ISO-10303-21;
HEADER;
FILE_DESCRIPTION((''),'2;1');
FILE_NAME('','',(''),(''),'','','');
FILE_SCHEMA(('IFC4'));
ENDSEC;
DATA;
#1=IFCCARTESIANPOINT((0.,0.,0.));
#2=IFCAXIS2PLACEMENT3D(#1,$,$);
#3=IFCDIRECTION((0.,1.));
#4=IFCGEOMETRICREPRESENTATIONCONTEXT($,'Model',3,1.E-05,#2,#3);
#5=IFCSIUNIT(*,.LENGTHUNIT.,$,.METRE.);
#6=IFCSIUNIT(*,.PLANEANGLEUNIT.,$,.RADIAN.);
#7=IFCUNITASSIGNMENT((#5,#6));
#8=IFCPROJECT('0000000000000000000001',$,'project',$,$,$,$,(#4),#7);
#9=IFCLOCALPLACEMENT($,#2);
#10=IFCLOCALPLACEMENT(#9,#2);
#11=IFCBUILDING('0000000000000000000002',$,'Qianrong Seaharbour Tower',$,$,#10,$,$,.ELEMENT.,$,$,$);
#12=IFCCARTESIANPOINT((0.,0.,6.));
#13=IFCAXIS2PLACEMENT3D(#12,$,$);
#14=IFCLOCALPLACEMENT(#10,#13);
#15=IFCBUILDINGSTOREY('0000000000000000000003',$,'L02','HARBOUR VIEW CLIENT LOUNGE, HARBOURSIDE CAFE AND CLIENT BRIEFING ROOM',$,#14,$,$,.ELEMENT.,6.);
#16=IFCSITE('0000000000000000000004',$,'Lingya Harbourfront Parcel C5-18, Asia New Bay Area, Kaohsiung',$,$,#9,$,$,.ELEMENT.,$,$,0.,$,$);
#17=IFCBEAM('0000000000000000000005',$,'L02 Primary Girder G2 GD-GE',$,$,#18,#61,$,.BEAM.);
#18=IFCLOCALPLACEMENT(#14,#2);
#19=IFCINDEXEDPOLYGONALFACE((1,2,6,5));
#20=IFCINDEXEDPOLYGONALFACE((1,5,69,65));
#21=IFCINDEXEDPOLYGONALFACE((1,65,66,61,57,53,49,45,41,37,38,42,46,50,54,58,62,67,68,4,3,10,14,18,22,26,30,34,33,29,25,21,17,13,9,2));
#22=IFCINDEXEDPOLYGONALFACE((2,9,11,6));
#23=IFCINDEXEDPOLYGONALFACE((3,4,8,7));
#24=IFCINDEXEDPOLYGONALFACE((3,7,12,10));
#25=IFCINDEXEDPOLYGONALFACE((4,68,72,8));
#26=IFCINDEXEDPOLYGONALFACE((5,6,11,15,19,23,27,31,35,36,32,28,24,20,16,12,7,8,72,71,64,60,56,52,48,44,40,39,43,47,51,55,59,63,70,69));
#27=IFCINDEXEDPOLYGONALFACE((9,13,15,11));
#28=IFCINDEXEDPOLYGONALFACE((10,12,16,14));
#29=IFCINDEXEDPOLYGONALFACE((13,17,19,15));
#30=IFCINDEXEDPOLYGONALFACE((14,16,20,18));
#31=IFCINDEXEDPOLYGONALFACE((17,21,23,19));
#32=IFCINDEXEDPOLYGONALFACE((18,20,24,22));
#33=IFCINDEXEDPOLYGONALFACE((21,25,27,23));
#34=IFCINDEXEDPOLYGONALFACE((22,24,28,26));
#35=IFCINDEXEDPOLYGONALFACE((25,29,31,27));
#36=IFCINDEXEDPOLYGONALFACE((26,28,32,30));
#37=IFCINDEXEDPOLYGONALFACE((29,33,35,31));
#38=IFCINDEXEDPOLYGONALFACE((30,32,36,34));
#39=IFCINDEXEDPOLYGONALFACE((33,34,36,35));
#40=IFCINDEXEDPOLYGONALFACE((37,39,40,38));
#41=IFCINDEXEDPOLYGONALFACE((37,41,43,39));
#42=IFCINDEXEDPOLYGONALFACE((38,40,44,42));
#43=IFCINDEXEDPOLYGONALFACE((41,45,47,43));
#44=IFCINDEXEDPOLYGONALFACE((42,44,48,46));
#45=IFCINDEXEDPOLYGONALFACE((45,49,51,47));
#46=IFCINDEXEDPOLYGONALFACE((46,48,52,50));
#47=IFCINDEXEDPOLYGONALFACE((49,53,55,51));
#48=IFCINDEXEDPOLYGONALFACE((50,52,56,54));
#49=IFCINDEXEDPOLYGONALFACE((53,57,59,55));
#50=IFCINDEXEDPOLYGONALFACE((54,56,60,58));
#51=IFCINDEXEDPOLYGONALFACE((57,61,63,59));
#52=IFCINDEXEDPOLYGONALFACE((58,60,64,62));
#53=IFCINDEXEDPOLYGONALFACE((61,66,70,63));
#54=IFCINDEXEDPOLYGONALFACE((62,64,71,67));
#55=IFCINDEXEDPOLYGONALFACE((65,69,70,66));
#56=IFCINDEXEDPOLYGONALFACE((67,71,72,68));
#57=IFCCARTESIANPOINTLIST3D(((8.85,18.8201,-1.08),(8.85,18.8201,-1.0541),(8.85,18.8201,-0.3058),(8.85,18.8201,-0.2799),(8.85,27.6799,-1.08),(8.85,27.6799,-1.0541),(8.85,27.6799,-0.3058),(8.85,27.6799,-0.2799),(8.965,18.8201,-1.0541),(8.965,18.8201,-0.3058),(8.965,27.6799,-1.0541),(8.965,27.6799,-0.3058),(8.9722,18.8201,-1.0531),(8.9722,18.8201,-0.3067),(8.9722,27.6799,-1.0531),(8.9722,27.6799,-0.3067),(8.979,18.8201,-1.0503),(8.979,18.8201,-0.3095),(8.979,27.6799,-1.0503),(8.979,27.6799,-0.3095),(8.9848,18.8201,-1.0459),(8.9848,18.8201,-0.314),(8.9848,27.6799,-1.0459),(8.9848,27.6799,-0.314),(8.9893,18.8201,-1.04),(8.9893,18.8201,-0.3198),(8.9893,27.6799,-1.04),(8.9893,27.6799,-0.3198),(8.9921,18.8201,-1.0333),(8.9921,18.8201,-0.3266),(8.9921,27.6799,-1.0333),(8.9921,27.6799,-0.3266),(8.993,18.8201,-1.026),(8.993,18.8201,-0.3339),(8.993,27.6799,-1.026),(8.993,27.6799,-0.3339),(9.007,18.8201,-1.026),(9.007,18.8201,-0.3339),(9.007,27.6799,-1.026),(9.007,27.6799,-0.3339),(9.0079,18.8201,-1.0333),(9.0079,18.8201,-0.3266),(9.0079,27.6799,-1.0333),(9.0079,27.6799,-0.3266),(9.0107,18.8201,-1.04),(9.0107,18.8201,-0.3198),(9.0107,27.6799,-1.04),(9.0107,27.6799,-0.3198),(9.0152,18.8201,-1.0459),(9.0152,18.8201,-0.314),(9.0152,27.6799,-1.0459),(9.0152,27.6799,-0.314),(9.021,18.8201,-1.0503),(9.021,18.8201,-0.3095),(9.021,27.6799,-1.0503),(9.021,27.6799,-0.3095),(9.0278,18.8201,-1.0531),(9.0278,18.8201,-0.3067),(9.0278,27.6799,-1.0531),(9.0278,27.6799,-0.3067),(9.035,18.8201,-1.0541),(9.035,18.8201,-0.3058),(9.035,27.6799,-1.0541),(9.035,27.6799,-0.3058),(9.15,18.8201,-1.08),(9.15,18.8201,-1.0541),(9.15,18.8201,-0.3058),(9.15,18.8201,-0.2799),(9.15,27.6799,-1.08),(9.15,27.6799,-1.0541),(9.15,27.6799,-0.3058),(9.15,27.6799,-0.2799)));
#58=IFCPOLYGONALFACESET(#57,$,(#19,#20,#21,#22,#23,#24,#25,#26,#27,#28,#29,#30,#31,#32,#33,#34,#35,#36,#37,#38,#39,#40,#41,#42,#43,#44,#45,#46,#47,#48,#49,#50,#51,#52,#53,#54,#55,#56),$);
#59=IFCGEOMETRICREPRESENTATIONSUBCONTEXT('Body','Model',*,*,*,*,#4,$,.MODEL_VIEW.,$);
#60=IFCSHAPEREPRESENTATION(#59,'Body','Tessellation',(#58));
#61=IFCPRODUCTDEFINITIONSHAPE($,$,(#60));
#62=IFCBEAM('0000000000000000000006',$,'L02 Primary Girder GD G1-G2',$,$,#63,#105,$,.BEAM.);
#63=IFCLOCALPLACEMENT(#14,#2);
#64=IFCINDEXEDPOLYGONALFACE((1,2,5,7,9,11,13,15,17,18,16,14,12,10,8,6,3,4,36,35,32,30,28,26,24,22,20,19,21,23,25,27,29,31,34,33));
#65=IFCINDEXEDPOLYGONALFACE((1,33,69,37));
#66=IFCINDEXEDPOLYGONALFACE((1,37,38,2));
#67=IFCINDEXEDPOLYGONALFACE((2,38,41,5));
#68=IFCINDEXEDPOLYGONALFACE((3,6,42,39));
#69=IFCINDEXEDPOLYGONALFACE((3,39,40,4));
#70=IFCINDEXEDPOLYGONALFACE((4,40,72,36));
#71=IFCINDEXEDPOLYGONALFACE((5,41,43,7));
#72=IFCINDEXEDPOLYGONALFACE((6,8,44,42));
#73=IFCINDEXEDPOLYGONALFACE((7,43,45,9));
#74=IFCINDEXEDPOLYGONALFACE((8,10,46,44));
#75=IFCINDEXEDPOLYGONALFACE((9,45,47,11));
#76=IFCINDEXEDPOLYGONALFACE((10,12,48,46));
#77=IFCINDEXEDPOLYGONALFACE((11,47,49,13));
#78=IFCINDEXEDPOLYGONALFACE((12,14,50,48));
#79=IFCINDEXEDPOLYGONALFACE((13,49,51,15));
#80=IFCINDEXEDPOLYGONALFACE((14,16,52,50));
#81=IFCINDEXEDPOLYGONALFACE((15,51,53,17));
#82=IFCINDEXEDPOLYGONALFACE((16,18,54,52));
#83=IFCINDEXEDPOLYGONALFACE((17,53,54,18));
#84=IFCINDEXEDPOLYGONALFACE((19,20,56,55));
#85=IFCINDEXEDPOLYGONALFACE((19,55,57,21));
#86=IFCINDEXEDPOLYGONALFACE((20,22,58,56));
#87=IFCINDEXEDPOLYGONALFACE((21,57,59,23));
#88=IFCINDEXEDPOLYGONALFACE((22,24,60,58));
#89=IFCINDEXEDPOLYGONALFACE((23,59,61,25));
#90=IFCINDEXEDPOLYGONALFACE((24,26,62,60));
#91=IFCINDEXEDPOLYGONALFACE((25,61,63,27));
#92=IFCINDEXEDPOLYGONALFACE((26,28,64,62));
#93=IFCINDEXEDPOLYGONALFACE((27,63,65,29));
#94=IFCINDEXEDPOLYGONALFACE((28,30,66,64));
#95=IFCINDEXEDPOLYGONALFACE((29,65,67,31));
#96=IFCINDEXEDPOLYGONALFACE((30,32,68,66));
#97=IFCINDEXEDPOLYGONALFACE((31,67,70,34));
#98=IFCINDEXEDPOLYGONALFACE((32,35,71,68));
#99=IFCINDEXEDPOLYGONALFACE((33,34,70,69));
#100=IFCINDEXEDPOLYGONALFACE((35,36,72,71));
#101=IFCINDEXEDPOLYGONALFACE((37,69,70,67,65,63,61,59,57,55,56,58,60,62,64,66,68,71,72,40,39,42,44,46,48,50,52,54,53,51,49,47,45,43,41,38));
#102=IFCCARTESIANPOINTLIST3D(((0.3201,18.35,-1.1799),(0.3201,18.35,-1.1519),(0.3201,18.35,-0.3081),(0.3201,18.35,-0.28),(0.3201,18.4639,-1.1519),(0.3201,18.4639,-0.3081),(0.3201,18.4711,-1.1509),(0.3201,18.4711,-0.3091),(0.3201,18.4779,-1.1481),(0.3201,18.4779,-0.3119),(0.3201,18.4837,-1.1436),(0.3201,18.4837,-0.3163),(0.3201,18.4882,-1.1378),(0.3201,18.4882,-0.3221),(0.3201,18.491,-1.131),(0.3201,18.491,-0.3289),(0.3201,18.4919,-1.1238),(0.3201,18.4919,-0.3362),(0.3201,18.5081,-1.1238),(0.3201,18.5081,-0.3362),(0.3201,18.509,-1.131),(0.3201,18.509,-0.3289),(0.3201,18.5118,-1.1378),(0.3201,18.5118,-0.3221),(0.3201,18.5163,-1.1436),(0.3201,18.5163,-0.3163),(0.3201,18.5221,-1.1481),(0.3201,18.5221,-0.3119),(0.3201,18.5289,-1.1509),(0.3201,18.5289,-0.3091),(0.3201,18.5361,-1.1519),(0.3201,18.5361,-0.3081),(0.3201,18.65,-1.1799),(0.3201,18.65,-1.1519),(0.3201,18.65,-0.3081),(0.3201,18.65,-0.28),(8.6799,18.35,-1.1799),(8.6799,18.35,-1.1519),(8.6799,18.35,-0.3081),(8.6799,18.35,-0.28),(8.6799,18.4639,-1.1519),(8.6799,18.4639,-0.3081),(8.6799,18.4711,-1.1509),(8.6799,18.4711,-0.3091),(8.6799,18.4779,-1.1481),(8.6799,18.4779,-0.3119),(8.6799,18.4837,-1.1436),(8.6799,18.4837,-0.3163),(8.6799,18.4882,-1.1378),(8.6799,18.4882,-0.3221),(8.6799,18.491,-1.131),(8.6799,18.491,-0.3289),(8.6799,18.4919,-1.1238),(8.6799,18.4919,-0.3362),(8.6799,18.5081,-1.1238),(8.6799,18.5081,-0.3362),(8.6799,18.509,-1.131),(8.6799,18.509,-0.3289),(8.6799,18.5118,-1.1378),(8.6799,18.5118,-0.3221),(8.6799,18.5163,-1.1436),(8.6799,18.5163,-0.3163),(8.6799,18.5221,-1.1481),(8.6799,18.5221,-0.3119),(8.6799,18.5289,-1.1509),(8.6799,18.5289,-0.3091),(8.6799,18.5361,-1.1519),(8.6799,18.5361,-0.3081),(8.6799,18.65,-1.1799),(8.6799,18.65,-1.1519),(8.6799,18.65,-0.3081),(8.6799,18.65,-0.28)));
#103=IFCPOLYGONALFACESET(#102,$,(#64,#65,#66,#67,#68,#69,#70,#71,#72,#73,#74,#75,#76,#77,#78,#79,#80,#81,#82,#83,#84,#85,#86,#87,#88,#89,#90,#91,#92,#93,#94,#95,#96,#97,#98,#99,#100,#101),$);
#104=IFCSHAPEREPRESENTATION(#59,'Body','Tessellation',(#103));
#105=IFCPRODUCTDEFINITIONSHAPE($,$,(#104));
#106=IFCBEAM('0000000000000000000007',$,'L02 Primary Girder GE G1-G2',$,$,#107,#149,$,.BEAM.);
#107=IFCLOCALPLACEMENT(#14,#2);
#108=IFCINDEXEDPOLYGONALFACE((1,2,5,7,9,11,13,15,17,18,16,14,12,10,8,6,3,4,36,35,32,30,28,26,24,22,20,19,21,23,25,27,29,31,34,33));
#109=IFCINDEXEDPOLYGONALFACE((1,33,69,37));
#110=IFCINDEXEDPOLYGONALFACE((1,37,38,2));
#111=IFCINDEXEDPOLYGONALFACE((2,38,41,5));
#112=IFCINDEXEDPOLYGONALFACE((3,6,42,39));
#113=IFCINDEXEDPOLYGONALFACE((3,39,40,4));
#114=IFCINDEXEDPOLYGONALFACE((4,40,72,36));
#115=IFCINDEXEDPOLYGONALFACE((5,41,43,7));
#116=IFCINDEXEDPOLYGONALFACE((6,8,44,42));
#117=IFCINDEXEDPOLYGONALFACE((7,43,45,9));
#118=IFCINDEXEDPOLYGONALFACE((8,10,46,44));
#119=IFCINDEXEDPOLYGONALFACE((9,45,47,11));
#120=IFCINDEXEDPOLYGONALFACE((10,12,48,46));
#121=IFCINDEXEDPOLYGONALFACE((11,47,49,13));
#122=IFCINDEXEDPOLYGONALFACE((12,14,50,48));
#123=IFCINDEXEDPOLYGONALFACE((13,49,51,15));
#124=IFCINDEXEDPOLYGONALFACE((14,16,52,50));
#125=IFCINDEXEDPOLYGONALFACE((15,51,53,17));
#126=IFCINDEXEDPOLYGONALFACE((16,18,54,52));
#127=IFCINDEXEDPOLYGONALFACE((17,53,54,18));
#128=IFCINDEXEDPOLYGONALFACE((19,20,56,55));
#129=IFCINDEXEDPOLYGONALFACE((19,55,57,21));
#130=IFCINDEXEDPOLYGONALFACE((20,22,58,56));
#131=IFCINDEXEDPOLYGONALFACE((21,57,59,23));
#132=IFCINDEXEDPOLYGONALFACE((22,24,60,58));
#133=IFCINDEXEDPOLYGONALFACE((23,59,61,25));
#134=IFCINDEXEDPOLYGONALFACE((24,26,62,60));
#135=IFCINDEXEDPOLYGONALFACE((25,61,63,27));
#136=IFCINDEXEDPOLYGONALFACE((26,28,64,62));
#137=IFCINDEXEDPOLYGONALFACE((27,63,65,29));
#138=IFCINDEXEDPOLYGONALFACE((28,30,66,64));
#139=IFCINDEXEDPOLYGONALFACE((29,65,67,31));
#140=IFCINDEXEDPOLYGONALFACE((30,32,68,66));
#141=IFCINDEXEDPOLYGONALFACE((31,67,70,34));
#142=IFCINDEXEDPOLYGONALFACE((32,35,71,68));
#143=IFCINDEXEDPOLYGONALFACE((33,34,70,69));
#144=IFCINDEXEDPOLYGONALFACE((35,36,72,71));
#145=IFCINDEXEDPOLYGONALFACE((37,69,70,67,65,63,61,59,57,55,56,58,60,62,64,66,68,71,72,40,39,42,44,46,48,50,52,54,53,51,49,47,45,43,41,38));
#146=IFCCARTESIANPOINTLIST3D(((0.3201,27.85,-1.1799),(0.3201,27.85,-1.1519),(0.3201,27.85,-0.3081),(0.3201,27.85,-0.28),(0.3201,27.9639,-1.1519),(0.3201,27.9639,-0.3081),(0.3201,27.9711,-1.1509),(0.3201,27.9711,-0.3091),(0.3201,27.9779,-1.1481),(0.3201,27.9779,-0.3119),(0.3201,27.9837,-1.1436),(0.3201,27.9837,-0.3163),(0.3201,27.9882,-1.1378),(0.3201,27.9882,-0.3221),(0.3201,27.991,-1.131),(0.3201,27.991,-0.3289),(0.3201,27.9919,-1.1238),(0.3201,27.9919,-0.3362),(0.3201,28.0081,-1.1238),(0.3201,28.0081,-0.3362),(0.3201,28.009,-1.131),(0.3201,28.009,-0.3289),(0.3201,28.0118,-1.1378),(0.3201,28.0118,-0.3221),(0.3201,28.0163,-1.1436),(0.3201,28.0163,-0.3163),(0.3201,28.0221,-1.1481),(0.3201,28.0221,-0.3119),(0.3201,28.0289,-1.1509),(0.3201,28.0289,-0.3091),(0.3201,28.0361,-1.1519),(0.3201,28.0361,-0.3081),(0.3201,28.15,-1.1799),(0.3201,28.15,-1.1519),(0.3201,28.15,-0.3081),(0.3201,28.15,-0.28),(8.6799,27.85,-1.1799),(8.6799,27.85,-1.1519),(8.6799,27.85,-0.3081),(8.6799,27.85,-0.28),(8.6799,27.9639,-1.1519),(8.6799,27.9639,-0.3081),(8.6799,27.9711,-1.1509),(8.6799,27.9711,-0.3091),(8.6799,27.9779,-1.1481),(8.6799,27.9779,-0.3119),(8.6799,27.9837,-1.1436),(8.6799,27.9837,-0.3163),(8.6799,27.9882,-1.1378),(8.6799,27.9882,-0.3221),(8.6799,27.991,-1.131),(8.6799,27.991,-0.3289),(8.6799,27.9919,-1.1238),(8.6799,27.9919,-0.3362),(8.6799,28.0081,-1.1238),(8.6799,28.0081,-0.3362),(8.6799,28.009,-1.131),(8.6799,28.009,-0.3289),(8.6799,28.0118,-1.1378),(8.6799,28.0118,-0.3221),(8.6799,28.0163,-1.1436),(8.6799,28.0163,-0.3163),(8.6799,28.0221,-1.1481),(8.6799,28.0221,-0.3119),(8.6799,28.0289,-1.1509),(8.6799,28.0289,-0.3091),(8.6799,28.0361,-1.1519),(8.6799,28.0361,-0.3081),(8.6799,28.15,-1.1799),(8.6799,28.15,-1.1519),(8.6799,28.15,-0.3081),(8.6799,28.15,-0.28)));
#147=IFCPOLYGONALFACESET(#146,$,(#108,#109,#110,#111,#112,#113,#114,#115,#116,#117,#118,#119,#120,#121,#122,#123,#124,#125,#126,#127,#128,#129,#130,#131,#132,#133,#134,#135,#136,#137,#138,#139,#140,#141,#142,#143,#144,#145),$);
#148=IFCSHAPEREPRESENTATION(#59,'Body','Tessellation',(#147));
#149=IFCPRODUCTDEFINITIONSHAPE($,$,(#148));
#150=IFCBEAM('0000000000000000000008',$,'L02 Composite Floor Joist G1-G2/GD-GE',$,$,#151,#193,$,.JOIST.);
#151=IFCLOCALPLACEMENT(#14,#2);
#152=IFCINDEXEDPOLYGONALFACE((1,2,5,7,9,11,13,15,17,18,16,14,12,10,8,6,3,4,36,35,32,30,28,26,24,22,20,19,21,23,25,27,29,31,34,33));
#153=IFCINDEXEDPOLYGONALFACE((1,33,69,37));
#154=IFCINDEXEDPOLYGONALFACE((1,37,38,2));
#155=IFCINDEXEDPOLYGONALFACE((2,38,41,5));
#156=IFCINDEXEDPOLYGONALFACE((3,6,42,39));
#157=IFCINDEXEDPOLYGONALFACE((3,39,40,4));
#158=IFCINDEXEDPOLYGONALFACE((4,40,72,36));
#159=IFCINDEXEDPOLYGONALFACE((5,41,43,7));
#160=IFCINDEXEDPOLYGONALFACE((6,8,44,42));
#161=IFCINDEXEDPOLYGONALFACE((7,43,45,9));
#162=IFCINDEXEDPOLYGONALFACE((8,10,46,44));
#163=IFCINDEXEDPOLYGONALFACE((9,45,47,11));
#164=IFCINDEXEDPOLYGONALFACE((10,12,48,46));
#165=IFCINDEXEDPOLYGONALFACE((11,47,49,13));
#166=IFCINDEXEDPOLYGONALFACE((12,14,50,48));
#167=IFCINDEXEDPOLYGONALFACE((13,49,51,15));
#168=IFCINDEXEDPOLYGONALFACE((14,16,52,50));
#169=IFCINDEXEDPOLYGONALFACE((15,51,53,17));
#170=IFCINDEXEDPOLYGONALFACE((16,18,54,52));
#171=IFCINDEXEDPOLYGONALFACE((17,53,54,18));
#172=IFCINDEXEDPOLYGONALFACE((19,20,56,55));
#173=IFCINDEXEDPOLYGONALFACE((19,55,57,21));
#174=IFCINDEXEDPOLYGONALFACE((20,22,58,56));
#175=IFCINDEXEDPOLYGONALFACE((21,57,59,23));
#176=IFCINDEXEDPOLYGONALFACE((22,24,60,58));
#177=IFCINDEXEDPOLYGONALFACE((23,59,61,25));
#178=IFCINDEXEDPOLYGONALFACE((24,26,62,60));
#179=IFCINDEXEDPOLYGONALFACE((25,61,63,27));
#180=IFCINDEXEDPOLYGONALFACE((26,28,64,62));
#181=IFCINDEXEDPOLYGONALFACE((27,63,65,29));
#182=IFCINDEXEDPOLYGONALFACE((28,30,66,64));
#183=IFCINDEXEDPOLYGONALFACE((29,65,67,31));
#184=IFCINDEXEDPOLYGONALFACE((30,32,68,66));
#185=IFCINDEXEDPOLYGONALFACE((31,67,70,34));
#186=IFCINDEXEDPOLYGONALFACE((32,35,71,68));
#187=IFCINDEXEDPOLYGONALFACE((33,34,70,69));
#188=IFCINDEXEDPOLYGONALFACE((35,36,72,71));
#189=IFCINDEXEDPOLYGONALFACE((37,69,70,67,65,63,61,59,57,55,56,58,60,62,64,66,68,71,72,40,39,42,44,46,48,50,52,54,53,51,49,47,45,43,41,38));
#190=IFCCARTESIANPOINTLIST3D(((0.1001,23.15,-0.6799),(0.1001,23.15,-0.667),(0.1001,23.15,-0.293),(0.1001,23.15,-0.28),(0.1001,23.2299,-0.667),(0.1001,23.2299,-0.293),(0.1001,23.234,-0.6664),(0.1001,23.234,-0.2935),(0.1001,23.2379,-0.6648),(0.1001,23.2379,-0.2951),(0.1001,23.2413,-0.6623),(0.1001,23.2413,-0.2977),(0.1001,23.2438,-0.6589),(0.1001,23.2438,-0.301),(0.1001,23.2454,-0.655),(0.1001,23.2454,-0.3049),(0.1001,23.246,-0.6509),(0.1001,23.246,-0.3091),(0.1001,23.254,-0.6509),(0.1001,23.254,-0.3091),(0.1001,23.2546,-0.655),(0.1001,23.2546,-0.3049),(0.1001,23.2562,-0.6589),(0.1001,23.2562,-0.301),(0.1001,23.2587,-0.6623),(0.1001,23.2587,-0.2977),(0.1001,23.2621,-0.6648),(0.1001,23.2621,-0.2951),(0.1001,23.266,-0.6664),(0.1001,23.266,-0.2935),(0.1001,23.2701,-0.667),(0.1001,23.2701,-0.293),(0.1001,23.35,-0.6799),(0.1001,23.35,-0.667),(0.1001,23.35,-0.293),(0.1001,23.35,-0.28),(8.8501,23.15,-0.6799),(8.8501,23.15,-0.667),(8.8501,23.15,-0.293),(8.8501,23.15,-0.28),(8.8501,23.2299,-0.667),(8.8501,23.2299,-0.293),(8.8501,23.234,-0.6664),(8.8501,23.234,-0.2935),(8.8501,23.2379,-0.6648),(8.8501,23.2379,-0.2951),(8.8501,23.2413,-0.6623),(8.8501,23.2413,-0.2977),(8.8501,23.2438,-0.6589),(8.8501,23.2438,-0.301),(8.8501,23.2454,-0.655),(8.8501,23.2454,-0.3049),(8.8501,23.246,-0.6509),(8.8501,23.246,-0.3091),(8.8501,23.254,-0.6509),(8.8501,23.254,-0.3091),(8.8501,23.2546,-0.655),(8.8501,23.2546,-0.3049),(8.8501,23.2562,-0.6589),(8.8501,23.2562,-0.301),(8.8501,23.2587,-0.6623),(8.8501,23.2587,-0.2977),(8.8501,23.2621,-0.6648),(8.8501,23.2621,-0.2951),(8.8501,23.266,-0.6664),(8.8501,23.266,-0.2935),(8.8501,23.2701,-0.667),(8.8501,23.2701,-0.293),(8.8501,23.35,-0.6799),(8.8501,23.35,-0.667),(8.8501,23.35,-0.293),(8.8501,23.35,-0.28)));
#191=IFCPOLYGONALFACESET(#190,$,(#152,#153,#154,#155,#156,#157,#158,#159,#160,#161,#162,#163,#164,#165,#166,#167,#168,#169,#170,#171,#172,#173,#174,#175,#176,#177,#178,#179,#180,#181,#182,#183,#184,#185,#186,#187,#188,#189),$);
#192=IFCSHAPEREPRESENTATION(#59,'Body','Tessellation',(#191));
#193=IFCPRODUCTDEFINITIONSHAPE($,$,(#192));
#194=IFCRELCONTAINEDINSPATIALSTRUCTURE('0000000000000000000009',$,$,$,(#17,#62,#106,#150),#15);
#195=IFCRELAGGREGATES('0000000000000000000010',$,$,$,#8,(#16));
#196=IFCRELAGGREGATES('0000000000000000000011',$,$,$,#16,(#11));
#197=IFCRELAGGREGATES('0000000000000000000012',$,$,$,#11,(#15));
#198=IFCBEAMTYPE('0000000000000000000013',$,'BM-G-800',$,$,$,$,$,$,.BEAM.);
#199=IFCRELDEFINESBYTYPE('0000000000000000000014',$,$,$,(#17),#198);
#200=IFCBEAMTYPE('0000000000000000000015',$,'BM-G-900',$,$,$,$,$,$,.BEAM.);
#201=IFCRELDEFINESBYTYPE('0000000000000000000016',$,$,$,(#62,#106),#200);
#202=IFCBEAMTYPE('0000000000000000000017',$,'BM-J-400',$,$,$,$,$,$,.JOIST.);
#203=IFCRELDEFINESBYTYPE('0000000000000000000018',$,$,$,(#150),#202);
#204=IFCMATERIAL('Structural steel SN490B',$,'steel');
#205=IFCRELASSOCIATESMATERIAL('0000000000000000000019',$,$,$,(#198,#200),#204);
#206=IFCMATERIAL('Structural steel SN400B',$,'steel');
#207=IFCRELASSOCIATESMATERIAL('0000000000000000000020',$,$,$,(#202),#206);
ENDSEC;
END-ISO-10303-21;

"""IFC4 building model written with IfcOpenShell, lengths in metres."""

from ifc_helpers import new_model, si_unit, direction, frame, origin, origin_2d, place, context, subcontext, project, spatial, i_section, extrude, material, material_profile, profile_set, type_object, element, save


model = new_model("IFC4")

# Units and contexts
model_context = context("Model", 3, precision=1e-05, world=origin(), true_north=direction((0.0, 1.0)))
body_context = subcontext(model_context, "Body", "Model", "MODEL_VIEW")
ifc_project = project(units=[si_unit("LENGTHUNIT", "METRE"), si_unit("PLANEANGLEUNIT", "RADIAN")], contexts=[model_context])

# Site, building, storey
site_placement = place(None, origin())
site = spatial("IfcSite", under=ifc_project, at=site_placement, Name="Lingya Harbourfront Parcel C5-18, Asia New Bay Area, Kaohsiung", CompositionType="ELEMENT", RefElevation=0.0)
building_placement = place(site_placement, origin())
building = spatial("IfcBuilding", under=site, at=building_placement, Name="Qianrong Seaharbour Tower", CompositionType="ELEMENT")
storey_placement = place(building_placement, frame((0.0, 0.0, 6.0)))
storey = spatial("IfcBuildingStorey", under=building, at=storey_placement, Name="L02", Description="HARBOUR VIEW CLIENT LOUNGE, HARBOURSIDE CAFE AND CLIENT BRIEFING ROOM", CompositionType="ELEMENT", Elevation=6.0)

# Shared definitions
ifc_material_1 = material(Name="Structural steel SN490B", Category="steel")

# Beams
ifc_material_profile_1 = material_profile(ifc_material_1, i_section(OverallWidth=0.3, OverallDepth=0.8, WebThickness=0.0139, FlangeThickness=0.0259, FilletRadius=0.0281, at=origin_2d()), Name="H800x300x14x26")
ifc_profile_set_1 = profile_set([ifc_material_profile_1], Name="Structural steel SN490B")
beam_type_1 = type_object("IfcBeamType", Name="BM-G-800", PredefinedType="BEAM", material=ifc_profile_set_1)
beam_1_placement = place(storey_placement, frame((9.0, 18.8201, -0.6799), z_axis=(0.0, 1.0, 0.0), x_axis=(-1.0, 0.0, 0.0)))
element("IfcBeam", 1, at=beam_1_placement, inside=storey, type_object=beam_type_1, Name="L02 Primary Girder G2 GD-GE", PredefinedType="BEAM", context=body_context, shape_type="SweptSolid", body=[
    extrude(i_section(OverallWidth=0.3, OverallDepth=0.8, WebThickness=0.0139, FlangeThickness=0.0259, FilletRadius=0.0281, at=origin_2d()), origin(), (0.0, 0.0, 1.0), 8.8599),
])
ifc_material_profile_2 = material_profile(ifc_material_1, i_section(OverallWidth=0.3, OverallDepth=0.8999, WebThickness=0.0161, FlangeThickness=0.0281, FilletRadius=0.0281, at=origin_2d()), Name="H900x300x16x28")
ifc_profile_set_2 = profile_set([ifc_material_profile_2], Name="Structural steel SN490B")
beam_type_2 = type_object("IfcBeamType", Name="BM-G-900", PredefinedType="BEAM", material=ifc_profile_set_2)
for number, where, z_axis, x_axis, name in (
    (2, (0.3201, 18.5, -0.73), (1.0, 0.0, 0.0), (0.0, 1.0, 0.0), "L02 Primary Girder GD G1-G2"),
    (3, (0.3201, 28.0, -0.73), (1.0, 0.0, 0.0), (0.0, 1.0, 0.0), "L02 Primary Girder GE G1-G2"),
):
    element("IfcBeam", number, at=place(storey_placement, frame(where, z_axis=z_axis, x_axis=x_axis)), inside=storey, type_object=beam_type_2, Name=name, PredefinedType="BEAM", context=body_context, shape_type="SweptSolid", body=[
        extrude(i_section(OverallWidth=0.3, OverallDepth=0.8999, WebThickness=0.0161, FlangeThickness=0.0281, FilletRadius=0.0281, at=origin_2d()), origin(), (0.0, 0.0, 1.0), 8.3599),
    ])
ifc_material_2 = material(Name="Structural steel SN400B", Category="steel")
ifc_material_profile_3 = material_profile(ifc_material_2, i_section(OverallWidth=0.2, OverallDepth=0.3999, WebThickness=0.0081, FlangeThickness=0.0129, FilletRadius=0.0161, at=origin_2d()), Name="H400x200x8x13")
ifc_profile_set_3 = profile_set([ifc_material_profile_3], Name="Structural steel SN400B")
beam_type_3 = type_object("IfcBeamType", Name="BM-J-400", PredefinedType="JOIST", material=ifc_profile_set_3)
beam_2_placement = place(storey_placement, frame((0.1001, 23.25, -0.48), z_axis=(1.0, 0.0, 0.0), x_axis=(0.0, 1.0, 0.0)))
element("IfcBeam", 4, at=beam_2_placement, inside=storey, type_object=beam_type_3, Name="L02 Composite Floor Joist G1-G2/GD-GE", PredefinedType="JOIST", context=body_context, shape_type="SweptSolid", body=[
    extrude(i_section(OverallWidth=0.2, OverallDepth=0.3999, WebThickness=0.0081, FlangeThickness=0.0129, FilletRadius=0.0161, at=origin_2d()), origin(), (0.0, 0.0, 1.0), 8.75),
])

save(model, "model.ifc")
